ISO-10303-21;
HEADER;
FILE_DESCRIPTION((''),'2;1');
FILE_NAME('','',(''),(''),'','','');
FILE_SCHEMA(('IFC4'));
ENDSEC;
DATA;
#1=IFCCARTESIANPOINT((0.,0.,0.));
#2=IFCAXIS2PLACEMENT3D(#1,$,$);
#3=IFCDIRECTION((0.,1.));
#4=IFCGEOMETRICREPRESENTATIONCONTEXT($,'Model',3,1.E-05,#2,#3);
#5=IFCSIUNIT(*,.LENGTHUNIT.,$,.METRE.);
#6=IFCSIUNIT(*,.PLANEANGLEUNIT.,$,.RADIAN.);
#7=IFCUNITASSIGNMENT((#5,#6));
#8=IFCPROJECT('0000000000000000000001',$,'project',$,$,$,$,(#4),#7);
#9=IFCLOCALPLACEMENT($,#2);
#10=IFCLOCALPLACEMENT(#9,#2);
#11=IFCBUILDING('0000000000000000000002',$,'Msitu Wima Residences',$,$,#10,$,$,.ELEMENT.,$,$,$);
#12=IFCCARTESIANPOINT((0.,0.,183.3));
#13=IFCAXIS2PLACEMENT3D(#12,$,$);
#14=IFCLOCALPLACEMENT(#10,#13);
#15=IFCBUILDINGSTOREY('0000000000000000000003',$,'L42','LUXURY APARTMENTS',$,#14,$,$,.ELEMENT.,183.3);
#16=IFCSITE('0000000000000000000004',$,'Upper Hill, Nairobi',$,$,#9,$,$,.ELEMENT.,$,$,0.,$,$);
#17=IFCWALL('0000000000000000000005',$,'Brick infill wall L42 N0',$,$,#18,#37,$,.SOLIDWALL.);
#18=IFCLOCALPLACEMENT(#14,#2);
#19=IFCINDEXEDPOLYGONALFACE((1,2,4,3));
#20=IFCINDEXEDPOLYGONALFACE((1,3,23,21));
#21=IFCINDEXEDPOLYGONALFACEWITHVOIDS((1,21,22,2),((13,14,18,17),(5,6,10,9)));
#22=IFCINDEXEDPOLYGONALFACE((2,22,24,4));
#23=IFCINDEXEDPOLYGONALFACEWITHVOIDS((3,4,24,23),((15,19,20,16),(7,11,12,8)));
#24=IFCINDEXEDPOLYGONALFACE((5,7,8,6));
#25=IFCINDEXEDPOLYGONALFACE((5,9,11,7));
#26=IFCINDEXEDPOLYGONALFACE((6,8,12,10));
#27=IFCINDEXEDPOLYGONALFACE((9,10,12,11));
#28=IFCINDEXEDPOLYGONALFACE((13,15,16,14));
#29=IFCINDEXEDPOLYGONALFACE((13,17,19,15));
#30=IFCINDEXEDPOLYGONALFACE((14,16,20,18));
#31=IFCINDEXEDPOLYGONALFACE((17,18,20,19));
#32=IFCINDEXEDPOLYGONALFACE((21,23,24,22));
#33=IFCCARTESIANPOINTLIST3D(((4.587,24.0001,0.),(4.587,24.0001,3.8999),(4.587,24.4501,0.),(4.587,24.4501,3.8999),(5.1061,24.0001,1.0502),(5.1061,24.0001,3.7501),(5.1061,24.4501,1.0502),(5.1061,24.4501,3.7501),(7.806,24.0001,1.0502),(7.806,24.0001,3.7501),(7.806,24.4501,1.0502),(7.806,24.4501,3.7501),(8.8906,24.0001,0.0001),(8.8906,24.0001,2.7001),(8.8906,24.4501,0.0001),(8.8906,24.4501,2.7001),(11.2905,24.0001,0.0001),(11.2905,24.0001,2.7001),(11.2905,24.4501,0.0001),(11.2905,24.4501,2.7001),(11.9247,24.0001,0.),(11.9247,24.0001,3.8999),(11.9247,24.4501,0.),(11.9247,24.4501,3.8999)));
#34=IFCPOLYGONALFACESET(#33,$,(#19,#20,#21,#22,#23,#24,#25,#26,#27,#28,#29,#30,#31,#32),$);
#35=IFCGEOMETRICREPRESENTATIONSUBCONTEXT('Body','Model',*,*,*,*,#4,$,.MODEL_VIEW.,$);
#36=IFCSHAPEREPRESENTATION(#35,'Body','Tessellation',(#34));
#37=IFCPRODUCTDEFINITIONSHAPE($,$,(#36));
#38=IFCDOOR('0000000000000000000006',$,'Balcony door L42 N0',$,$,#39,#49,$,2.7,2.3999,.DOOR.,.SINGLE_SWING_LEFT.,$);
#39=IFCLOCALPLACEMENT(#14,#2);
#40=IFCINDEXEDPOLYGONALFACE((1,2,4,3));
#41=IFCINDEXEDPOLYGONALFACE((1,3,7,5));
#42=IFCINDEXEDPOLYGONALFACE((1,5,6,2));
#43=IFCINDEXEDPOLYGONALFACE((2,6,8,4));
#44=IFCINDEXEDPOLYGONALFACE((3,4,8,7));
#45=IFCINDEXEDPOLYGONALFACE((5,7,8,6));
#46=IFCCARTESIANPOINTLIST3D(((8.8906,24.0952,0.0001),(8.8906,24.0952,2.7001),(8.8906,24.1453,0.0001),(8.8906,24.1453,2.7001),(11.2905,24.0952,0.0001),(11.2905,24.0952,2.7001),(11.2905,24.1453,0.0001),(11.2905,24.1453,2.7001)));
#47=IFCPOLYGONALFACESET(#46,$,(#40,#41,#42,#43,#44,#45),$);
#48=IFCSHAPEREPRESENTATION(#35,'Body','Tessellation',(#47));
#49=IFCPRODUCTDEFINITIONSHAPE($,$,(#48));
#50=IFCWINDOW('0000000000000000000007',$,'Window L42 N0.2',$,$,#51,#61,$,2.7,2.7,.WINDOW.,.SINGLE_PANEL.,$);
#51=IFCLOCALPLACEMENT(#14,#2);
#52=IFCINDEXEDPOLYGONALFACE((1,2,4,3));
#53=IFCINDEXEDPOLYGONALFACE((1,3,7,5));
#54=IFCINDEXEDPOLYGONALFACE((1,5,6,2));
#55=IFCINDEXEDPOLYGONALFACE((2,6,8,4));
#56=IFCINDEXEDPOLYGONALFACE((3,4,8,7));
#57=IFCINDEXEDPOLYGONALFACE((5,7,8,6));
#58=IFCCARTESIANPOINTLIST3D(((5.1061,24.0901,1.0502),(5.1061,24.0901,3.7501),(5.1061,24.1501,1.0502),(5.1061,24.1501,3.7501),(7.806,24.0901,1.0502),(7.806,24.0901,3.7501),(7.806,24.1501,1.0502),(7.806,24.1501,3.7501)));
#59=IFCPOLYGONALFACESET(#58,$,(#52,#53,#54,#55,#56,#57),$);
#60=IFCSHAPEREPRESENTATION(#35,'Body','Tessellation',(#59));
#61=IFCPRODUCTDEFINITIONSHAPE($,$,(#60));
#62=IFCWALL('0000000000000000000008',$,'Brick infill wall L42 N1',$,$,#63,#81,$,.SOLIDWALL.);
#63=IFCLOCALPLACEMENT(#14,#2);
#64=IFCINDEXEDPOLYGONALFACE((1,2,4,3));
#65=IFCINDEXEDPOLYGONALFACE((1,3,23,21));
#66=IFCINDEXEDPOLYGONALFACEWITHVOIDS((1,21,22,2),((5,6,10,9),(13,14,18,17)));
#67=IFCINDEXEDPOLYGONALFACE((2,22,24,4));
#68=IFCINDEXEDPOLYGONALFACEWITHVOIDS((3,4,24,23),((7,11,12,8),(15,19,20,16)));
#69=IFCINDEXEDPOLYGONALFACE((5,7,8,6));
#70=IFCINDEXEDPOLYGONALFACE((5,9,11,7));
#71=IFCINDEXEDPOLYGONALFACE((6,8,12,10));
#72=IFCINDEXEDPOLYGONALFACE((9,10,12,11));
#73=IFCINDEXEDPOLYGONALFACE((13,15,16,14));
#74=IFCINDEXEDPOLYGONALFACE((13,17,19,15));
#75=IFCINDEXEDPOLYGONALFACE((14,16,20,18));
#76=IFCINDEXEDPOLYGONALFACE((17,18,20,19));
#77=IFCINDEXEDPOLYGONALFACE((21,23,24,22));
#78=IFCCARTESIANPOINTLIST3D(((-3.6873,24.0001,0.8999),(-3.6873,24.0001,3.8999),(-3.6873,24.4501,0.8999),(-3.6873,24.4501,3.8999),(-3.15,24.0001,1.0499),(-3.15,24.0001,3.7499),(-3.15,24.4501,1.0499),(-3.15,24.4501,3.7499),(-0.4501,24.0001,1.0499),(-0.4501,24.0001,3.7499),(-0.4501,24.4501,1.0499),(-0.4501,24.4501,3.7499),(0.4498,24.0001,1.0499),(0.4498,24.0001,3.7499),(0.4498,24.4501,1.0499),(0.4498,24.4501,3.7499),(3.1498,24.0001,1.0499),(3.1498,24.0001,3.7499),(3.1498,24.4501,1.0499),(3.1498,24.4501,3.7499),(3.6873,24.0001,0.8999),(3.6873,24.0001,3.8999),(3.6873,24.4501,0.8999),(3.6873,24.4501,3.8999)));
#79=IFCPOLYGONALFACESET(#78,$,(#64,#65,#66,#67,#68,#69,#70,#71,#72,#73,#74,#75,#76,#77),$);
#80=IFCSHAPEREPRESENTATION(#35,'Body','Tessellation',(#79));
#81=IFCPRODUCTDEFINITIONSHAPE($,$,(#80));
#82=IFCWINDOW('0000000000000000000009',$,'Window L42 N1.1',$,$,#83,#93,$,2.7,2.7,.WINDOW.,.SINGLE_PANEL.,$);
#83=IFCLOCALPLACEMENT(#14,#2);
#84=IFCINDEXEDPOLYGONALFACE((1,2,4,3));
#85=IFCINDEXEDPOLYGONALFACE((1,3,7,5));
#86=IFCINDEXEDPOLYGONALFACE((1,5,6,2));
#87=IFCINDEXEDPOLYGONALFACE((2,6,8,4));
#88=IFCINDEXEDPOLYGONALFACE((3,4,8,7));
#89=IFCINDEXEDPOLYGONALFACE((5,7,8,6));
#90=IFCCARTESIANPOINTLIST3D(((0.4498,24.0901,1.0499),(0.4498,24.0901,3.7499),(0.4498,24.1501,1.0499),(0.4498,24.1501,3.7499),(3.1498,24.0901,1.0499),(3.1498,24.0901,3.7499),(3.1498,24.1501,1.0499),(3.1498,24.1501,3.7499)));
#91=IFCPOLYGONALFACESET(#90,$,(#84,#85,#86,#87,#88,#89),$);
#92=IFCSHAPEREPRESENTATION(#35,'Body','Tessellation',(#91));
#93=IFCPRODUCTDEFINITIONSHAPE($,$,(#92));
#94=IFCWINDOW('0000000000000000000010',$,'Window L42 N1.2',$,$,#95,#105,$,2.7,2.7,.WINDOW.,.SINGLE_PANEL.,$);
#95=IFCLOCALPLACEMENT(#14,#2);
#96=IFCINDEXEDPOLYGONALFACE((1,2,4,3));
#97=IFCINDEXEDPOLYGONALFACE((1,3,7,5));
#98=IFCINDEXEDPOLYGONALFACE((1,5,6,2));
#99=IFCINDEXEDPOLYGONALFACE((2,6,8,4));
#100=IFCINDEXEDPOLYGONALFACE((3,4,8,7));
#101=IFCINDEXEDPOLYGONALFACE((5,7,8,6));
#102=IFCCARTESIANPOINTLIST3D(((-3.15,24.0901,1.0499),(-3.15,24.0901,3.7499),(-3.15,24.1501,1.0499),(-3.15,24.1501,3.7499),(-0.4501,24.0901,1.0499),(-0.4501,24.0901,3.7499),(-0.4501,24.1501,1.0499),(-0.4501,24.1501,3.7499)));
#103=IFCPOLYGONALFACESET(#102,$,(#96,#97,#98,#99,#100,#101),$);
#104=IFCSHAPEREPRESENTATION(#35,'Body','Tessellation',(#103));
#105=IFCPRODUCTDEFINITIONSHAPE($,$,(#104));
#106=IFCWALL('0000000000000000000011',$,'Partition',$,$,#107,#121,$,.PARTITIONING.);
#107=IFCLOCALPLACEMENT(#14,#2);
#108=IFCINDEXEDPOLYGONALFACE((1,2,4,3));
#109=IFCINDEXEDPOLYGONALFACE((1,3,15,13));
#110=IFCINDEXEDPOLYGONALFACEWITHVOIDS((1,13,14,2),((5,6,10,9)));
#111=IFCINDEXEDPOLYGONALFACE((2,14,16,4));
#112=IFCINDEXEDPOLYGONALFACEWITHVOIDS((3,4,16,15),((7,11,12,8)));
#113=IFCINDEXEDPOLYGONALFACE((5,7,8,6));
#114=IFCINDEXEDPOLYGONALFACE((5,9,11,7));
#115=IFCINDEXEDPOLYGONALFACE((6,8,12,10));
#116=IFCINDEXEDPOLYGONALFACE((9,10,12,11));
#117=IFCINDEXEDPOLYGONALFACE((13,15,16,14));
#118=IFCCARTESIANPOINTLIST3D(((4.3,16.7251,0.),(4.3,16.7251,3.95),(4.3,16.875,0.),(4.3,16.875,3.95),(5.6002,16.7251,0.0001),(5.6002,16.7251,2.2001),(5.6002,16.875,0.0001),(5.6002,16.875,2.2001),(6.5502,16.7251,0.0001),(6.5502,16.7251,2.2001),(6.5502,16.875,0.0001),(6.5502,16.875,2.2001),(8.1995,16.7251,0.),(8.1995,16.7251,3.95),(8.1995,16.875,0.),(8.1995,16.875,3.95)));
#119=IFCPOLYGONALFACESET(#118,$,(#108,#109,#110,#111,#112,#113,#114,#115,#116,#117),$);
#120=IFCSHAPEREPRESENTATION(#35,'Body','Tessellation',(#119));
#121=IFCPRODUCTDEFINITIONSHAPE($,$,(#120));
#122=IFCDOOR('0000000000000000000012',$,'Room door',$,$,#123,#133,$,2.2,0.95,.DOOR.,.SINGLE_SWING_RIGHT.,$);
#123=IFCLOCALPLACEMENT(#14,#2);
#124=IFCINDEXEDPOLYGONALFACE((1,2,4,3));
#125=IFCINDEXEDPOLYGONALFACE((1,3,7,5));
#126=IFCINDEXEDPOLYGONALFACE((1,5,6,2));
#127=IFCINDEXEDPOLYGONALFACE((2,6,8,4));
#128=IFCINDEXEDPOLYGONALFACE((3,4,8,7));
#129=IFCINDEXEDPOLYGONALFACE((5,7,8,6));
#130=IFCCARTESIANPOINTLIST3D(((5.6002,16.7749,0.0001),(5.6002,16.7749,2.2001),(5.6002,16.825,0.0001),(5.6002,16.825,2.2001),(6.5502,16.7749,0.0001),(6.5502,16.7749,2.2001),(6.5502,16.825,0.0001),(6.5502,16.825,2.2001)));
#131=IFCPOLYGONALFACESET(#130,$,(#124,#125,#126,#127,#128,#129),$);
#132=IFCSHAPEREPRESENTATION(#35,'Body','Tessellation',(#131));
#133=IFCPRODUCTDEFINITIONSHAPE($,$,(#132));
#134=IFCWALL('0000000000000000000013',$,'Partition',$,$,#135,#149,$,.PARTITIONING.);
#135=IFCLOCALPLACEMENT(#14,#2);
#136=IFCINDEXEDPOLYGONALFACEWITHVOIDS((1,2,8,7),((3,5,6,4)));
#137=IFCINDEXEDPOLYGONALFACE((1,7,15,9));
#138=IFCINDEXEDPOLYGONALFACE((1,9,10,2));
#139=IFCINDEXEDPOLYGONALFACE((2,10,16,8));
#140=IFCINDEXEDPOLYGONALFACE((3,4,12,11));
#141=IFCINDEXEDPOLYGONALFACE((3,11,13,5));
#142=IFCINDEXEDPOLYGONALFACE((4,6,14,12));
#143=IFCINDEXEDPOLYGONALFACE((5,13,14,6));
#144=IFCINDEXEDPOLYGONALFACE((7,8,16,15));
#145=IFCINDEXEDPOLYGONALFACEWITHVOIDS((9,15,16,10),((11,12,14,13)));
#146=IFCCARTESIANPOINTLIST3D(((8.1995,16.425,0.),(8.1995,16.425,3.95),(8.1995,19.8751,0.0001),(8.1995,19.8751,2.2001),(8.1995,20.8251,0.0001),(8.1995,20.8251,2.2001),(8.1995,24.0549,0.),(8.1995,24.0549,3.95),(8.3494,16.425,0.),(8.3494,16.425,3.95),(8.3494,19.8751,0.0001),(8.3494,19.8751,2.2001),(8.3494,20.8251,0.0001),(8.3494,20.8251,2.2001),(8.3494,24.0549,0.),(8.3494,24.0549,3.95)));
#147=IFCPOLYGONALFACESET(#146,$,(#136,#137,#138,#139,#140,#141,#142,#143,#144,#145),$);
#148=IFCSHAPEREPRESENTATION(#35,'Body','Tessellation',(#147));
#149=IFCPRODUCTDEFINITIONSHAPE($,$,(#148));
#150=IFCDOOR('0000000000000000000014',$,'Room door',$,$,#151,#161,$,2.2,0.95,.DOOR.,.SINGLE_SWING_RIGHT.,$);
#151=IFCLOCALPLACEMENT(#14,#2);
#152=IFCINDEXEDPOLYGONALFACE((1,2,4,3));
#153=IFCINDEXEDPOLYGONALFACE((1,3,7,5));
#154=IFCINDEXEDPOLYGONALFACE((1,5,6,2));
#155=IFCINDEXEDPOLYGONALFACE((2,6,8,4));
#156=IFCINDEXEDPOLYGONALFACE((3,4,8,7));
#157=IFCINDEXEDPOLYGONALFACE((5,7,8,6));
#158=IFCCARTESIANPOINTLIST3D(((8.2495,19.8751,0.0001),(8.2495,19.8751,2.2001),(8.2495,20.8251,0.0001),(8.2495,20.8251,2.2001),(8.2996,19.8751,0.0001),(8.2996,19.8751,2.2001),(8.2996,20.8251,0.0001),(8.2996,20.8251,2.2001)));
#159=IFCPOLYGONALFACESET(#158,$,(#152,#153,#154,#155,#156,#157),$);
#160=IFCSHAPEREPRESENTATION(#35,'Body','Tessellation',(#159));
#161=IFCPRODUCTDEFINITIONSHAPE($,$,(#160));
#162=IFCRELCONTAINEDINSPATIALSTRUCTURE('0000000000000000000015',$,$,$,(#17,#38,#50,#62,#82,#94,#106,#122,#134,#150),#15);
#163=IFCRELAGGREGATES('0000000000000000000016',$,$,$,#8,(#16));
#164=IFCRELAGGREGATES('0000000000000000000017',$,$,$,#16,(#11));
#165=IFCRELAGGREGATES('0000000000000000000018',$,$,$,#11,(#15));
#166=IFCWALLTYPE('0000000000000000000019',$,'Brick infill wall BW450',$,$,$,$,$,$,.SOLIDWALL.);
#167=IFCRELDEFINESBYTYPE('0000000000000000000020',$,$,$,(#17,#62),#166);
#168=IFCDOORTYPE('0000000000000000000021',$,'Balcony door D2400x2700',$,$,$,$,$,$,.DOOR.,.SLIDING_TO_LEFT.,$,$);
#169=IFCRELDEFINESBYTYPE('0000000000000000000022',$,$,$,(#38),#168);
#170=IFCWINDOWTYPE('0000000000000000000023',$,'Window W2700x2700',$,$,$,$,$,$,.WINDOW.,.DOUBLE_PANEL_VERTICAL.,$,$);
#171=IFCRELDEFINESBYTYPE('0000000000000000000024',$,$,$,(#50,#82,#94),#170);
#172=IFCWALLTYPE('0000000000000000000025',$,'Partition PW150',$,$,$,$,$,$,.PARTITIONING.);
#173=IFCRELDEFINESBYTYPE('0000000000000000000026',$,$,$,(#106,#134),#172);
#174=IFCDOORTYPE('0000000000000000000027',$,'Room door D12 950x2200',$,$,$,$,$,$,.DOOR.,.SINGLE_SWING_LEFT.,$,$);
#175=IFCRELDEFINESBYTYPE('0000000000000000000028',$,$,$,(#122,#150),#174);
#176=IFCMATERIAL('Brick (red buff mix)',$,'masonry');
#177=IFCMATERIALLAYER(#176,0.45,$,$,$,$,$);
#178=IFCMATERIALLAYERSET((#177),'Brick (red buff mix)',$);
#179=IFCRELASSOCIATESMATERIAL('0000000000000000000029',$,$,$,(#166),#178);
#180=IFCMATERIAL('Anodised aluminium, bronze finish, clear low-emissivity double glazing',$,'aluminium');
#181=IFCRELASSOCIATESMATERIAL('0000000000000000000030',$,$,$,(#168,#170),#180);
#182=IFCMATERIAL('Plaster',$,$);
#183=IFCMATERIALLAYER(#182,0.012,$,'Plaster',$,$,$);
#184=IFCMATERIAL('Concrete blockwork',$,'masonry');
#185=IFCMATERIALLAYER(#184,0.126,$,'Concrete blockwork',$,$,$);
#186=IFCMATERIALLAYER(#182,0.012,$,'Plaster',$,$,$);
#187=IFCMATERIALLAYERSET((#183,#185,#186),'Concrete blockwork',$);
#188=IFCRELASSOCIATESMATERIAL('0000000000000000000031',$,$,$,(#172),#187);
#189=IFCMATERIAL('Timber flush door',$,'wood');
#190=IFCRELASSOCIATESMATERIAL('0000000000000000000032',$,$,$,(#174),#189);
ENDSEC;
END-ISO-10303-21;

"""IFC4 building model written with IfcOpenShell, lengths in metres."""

from ifc_helpers import new_model, si_unit, direction, frame, frame_2d, origin, place, context, subcontext, project, spatial, rectangle, extrude, material, layer, layer_set, type_object, element, fill, save


model = new_model("IFC4")

# Units and contexts
model_context = context("Model", 3, precision=1e-05, world=origin(), true_north=direction((0.0, 1.0)))
body_context = subcontext(model_context, "Body", "Model", "MODEL_VIEW")
ifc_project = project(units=[si_unit("LENGTHUNIT", "METRE"), si_unit("PLANEANGLEUNIT", "RADIAN")], contexts=[model_context])

# Site, building, storey
site_placement = place(None, origin())
site = spatial("IfcSite", under=ifc_project, at=site_placement, Name="Upper Hill, Nairobi", CompositionType="ELEMENT", RefElevation=0.0)
building_placement = place(site_placement, origin())
building = spatial("IfcBuilding", under=site, at=building_placement, Name="Msitu Wima Residences", CompositionType="ELEMENT")
storey_placement = place(building_placement, frame((0.0, 0.0, 183.3)))
storey = spatial("IfcBuildingStorey", under=building, at=storey_placement, Name="L42", Description="LUXURY APARTMENTS", CompositionType="ELEMENT", Elevation=183.3)

# Wall, openings, door, window
ifc_material_1 = material(Name="Brick (red buff mix)", Category="masonry")
ifc_layer_1 = layer(ifc_material_1, 0.45)
ifc_layer_set_1 = layer_set([ifc_layer_1], Name="Brick (red buff mix)")
wall_type_1 = type_object("IfcWallType", Name="Brick infill wall BW450", PredefinedType="SOLIDWALL", material=ifc_layer_set_1)
wall_1_placement = place(storey_placement, frame((11.9248, 24.2251, 0.0), z_axis=(0.0, 0.0, 1.0), x_axis=(-1.0, 0.0, 0.0)))
wall_1 = element("IfcWall", 1, at=wall_1_placement, inside=storey, type_object=wall_type_1, Name="Brick infill wall L42 N0", PredefinedType="SOLIDWALL", context=body_context, shape_type="SweptSolid", body=[
    extrude(rectangle(XDim=7.3376, YDim=0.45, at=frame_2d((3.6689, 0.0))), origin(), (0.0, 0.0, 1.0), 3.8999),
])
opening_1_placement = place(wall_1_placement, frame((0.6343, 0.0, 0.0)))
opening_1 = element("IfcOpeningElement", 2, at=opening_1_placement, cuts=wall_1, PredefinedType="OPENING", context=body_context, shape_type="SweptSolid", body=[
    extrude(rectangle(XDim=2.3999, YDim=2.7, at=frame_2d((1.2, 1.3501))), frame((0.0, 0.2349, 0.0), z_axis=(0.0, -1.0, 0.0), x_axis=(1.0, 0.0, 0.0)), (0.0, 0.0, 1.0), 0.47),
])
opening_2_placement = place(wall_1_placement, frame((4.1187, 0.0, 1.05)))
opening_2 = element("IfcOpeningElement", 3, at=opening_2_placement, cuts=wall_1, PredefinedType="OPENING", context=body_context, shape_type="SweptSolid", body=[
    extrude(rectangle(XDim=2.7, YDim=2.7, at=frame_2d((1.3501, 1.3501))), frame((0.0, 0.2349, 0.0), z_axis=(0.0, -1.0, 0.0), x_axis=(1.0, 0.0, 0.0)), (0.0, 0.0, 1.0), 0.47),
])
ifc_material_2 = material(Name="Anodised aluminium, bronze finish, clear low-emissivity double glazing", Category="aluminium")
door_type_1 = type_object("IfcDoorType", Name="Balcony door D2400x2700", OperationType="SLIDING_TO_LEFT", PredefinedType="DOOR", material=ifc_material_2)
door_1_placement = place(opening_1_placement, origin())
door_1 = element("IfcDoor", 4, at=door_1_placement, inside=storey, type_object=door_type_1, Name="Balcony door L42 N0", OperationType="SINGLE_SWING_LEFT", OverallHeight=2.7, OverallWidth=2.3999, PredefinedType="DOOR", context=body_context, shape_type="SweptSolid", body=[
    extrude(rectangle(XDim=2.3999, YDim=2.7, at=frame_2d((1.2, 1.3501))), frame((0.0, 0.1299, 0.0), z_axis=(0.0, -1.0, 0.0), x_axis=(1.0, 0.0, 0.0)), (0.0, 0.0, 1.0), 0.05),
])
fill(opening_1, door_1)
window_type = type_object("IfcWindowType", Name="Window W2700x2700", PartitioningType="DOUBLE_PANEL_VERTICAL", PredefinedType="WINDOW", material=ifc_material_2)
window_1_placement = place(opening_2_placement, origin())
window_1 = element("IfcWindow", 5, at=window_1_placement, inside=storey, type_object=window_type, Name="Window L42 N0.2", OverallHeight=2.7, OverallWidth=2.7, PartitioningType="SINGLE_PANEL", PredefinedType="WINDOW", context=body_context, shape_type="SweptSolid", body=[
    extrude(rectangle(XDim=2.7, YDim=2.7, at=frame_2d((1.3501, 1.3501))), frame((0.0, 0.135, 0.0), z_axis=(0.0, -1.0, 0.0), x_axis=(1.0, 0.0, 0.0)), (0.0, 0.0, 1.0), 0.0601),
])
fill(opening_2, window_1)

# Wall, openings, windows
wall_2_placement = place(storey_placement, frame((3.6873, 24.2251, 0.8999), z_axis=(0.0, 0.0, 1.0), x_axis=(-1.0, 0.0, 0.0)))
wall_2 = element("IfcWall", 6, at=wall_2_placement, inside=storey, type_object=wall_type_1, Name="Brick infill wall L42 N1", PredefinedType="SOLIDWALL", context=body_context, shape_type="SweptSolid", body=[
    extrude(rectangle(XDim=7.3745, YDim=0.45, at=frame_2d((3.6873, 0.0))), origin(), (0.0, 0.0, 1.0), 3.0),
])
opening_3_placement = place(wall_2_placement, frame((0.5374, 0.0, 0.1499)))
opening_3 = element("IfcOpeningElement", 7, at=opening_3_placement, cuts=wall_2, PredefinedType="OPENING", context=body_context, shape_type="SweptSolid", body=[
    extrude(rectangle(XDim=2.7, YDim=2.7, at=frame_2d((1.3501, 1.3501))), frame((0.0, 0.2349, 0.0), z_axis=(0.0, -1.0, 0.0), x_axis=(1.0, 0.0, 0.0)), (0.0, 0.0, 1.0), 0.47),
])
opening_4_placement = place(wall_2_placement, frame((4.1372, 0.0, 0.1499)))
opening_4 = element("IfcOpeningElement", 8, at=opening_4_placement, cuts=wall_2, PredefinedType="OPENING", context=body_context, shape_type="SweptSolid", body=[
    extrude(rectangle(XDim=2.7, YDim=2.7, at=frame_2d((1.3501, 1.3501))), frame((0.0, 0.2349, 0.0), z_axis=(0.0, -1.0, 0.0), x_axis=(1.0, 0.0, 0.0)), (0.0, 0.0, 1.0), 0.47),
])
window_2_placement = place(opening_3_placement, origin())
window_2 = element("IfcWindow", 9, at=window_2_placement, inside=storey, type_object=window_type, Name="Window L42 N1.1", OverallHeight=2.7, OverallWidth=2.7, PartitioningType="SINGLE_PANEL", PredefinedType="WINDOW", context=body_context, shape_type="SweptSolid", body=[
    extrude(rectangle(XDim=2.7, YDim=2.7, at=frame_2d((1.3501, 1.3501))), frame((0.0, 0.135, 0.0), z_axis=(0.0, -1.0, 0.0), x_axis=(1.0, 0.0, 0.0)), (0.0, 0.0, 1.0), 0.0601),
])
fill(opening_3, window_2)
window_3_placement = place(opening_4_placement, origin())
window_3 = element("IfcWindow", 10, at=window_3_placement, inside=storey, type_object=window_type, Name="Window L42 N1.2", OverallHeight=2.7, OverallWidth=2.7, PartitioningType="SINGLE_PANEL", PredefinedType="WINDOW", context=body_context, shape_type="SweptSolid", body=[
    extrude(rectangle(XDim=2.7, YDim=2.7, at=frame_2d((1.3501, 1.3501))), frame((0.0, 0.135, 0.0), z_axis=(0.0, -1.0, 0.0), x_axis=(1.0, 0.0, 0.0)), (0.0, 0.0, 1.0), 0.0601),
])
fill(opening_4, window_3)

# Walls, openings, doors
ifc_material_3 = material(Name="Plaster")
ifc_layer_2 = layer(ifc_material_3, 0.012, Name="Plaster")
ifc_material_4 = material(Name="Concrete blockwork", Category="masonry")
ifc_layer_3 = layer(ifc_material_4, 0.126, Name="Concrete blockwork")
ifc_layer_4 = layer(ifc_material_3, 0.012, Name="Plaster")
ifc_layer_set_2 = layer_set([ifc_layer_2, ifc_layer_3, ifc_layer_4], Name="Concrete blockwork")
wall_type_2 = type_object("IfcWallType", Name="Partition PW150", PredefinedType="PARTITIONING", material=ifc_layer_set_2)
wall_3_placement = place(storey_placement, frame((4.3, 16.8, 0.0), z_axis=(0.0, 0.0, 1.0), x_axis=(1.0, 0.0, 0.0)))
wall_3 = element("IfcWall", 11, at=wall_3_placement, inside=storey, type_object=wall_type_2, Name="Partition", PredefinedType="PARTITIONING", context=body_context, shape_type="SweptSolid", body=[
    extrude(rectangle(XDim=3.8994, YDim=0.1499, at=frame_2d((1.9497, 0.0))), origin(), (0.0, 0.0, 1.0), 3.95),
])
opening_5_placement = place(wall_3_placement, frame((1.3, 0.0, 0.0)))
opening_5 = element("IfcOpeningElement", 12, at=opening_5_placement, cuts=wall_3, PredefinedType="OPENING", context=body_context, shape_type="SweptSolid", body=[
    extrude(rectangle(XDim=0.95, YDim=2.2, at=frame_2d((0.4751, 1.1001))), frame((0.0, 0.085, 0.0), z_axis=(0.0, -1.0, 0.0), x_axis=(1.0, 0.0, 0.0)), (0.0, 0.0, 1.0), 0.1699),
])
ifc_material_5 = material(Name="Timber flush door", Category="wood")
door_type_2 = type_object("IfcDoorType", Name="Room door D12 950x2200", OperationType="SINGLE_SWING_LEFT", PredefinedType="DOOR", material=ifc_material_5)
door_2_placement = place(opening_5_placement, origin())
door_2 = element("IfcDoor", 13, at=door_2_placement, inside=storey, type_object=door_type_2, Name="Room door", OperationType="SINGLE_SWING_RIGHT", OverallHeight=2.2, OverallWidth=0.95, PredefinedType="DOOR", context=body_context, shape_type="SweptSolid", body=[
    extrude(rectangle(XDim=0.95, YDim=2.2, at=frame_2d((0.4751, 1.1001))), frame((0.0, 0.0249, 0.0), z_axis=(0.0, -1.0, 0.0), x_axis=(1.0, 0.0, 0.0)), (0.0, 0.0, 1.0), 0.05),
])
fill(opening_5, door_2)
wall_4_placement = place(storey_placement, frame((8.2744, 16.425, 0.0), z_axis=(0.0, 0.0, 1.0), x_axis=(0.0, 1.0, 0.0)))
wall_4 = element("IfcWall", 14, at=wall_4_placement, inside=storey, type_object=wall_type_2, Name="Partition", PredefinedType="PARTITIONING", context=body_context, shape_type="SweptSolid", body=[
    extrude(rectangle(XDim=7.6299, YDim=0.1499, at=frame_2d((3.8149, 0.0))), origin(), (0.0, 0.0, 1.0), 3.95),
])
opening_6_placement = place(wall_4_placement, frame((3.45, 0.0, 0.0)))
opening_6 = element("IfcOpeningElement", 15, at=opening_6_placement, cuts=wall_4, PredefinedType="OPENING", context=body_context, shape_type="SweptSolid", body=[
    extrude(rectangle(XDim=0.95, YDim=2.2, at=frame_2d((0.4751, 1.1001))), frame((0.0, 0.085, 0.0), z_axis=(0.0, -1.0, 0.0), x_axis=(1.0, 0.0, 0.0)), (0.0, 0.0, 1.0), 0.1699),
])
door_3_placement = place(opening_6_placement, origin())
door_3 = element("IfcDoor", 16, at=door_3_placement, inside=storey, type_object=door_type_2, Name="Room door", OperationType="SINGLE_SWING_RIGHT", OverallHeight=2.2, OverallWidth=0.95, PredefinedType="DOOR", context=body_context, shape_type="SweptSolid", body=[
    extrude(rectangle(XDim=0.95, YDim=2.2, at=frame_2d((0.4751, 1.1001))), frame((0.0, 0.0249, 0.0), z_axis=(0.0, -1.0, 0.0), x_axis=(1.0, 0.0, 0.0)), (0.0, 0.0, 1.0), 0.05),
])
fill(opening_6, door_3)

save(model, "model.ifc")
